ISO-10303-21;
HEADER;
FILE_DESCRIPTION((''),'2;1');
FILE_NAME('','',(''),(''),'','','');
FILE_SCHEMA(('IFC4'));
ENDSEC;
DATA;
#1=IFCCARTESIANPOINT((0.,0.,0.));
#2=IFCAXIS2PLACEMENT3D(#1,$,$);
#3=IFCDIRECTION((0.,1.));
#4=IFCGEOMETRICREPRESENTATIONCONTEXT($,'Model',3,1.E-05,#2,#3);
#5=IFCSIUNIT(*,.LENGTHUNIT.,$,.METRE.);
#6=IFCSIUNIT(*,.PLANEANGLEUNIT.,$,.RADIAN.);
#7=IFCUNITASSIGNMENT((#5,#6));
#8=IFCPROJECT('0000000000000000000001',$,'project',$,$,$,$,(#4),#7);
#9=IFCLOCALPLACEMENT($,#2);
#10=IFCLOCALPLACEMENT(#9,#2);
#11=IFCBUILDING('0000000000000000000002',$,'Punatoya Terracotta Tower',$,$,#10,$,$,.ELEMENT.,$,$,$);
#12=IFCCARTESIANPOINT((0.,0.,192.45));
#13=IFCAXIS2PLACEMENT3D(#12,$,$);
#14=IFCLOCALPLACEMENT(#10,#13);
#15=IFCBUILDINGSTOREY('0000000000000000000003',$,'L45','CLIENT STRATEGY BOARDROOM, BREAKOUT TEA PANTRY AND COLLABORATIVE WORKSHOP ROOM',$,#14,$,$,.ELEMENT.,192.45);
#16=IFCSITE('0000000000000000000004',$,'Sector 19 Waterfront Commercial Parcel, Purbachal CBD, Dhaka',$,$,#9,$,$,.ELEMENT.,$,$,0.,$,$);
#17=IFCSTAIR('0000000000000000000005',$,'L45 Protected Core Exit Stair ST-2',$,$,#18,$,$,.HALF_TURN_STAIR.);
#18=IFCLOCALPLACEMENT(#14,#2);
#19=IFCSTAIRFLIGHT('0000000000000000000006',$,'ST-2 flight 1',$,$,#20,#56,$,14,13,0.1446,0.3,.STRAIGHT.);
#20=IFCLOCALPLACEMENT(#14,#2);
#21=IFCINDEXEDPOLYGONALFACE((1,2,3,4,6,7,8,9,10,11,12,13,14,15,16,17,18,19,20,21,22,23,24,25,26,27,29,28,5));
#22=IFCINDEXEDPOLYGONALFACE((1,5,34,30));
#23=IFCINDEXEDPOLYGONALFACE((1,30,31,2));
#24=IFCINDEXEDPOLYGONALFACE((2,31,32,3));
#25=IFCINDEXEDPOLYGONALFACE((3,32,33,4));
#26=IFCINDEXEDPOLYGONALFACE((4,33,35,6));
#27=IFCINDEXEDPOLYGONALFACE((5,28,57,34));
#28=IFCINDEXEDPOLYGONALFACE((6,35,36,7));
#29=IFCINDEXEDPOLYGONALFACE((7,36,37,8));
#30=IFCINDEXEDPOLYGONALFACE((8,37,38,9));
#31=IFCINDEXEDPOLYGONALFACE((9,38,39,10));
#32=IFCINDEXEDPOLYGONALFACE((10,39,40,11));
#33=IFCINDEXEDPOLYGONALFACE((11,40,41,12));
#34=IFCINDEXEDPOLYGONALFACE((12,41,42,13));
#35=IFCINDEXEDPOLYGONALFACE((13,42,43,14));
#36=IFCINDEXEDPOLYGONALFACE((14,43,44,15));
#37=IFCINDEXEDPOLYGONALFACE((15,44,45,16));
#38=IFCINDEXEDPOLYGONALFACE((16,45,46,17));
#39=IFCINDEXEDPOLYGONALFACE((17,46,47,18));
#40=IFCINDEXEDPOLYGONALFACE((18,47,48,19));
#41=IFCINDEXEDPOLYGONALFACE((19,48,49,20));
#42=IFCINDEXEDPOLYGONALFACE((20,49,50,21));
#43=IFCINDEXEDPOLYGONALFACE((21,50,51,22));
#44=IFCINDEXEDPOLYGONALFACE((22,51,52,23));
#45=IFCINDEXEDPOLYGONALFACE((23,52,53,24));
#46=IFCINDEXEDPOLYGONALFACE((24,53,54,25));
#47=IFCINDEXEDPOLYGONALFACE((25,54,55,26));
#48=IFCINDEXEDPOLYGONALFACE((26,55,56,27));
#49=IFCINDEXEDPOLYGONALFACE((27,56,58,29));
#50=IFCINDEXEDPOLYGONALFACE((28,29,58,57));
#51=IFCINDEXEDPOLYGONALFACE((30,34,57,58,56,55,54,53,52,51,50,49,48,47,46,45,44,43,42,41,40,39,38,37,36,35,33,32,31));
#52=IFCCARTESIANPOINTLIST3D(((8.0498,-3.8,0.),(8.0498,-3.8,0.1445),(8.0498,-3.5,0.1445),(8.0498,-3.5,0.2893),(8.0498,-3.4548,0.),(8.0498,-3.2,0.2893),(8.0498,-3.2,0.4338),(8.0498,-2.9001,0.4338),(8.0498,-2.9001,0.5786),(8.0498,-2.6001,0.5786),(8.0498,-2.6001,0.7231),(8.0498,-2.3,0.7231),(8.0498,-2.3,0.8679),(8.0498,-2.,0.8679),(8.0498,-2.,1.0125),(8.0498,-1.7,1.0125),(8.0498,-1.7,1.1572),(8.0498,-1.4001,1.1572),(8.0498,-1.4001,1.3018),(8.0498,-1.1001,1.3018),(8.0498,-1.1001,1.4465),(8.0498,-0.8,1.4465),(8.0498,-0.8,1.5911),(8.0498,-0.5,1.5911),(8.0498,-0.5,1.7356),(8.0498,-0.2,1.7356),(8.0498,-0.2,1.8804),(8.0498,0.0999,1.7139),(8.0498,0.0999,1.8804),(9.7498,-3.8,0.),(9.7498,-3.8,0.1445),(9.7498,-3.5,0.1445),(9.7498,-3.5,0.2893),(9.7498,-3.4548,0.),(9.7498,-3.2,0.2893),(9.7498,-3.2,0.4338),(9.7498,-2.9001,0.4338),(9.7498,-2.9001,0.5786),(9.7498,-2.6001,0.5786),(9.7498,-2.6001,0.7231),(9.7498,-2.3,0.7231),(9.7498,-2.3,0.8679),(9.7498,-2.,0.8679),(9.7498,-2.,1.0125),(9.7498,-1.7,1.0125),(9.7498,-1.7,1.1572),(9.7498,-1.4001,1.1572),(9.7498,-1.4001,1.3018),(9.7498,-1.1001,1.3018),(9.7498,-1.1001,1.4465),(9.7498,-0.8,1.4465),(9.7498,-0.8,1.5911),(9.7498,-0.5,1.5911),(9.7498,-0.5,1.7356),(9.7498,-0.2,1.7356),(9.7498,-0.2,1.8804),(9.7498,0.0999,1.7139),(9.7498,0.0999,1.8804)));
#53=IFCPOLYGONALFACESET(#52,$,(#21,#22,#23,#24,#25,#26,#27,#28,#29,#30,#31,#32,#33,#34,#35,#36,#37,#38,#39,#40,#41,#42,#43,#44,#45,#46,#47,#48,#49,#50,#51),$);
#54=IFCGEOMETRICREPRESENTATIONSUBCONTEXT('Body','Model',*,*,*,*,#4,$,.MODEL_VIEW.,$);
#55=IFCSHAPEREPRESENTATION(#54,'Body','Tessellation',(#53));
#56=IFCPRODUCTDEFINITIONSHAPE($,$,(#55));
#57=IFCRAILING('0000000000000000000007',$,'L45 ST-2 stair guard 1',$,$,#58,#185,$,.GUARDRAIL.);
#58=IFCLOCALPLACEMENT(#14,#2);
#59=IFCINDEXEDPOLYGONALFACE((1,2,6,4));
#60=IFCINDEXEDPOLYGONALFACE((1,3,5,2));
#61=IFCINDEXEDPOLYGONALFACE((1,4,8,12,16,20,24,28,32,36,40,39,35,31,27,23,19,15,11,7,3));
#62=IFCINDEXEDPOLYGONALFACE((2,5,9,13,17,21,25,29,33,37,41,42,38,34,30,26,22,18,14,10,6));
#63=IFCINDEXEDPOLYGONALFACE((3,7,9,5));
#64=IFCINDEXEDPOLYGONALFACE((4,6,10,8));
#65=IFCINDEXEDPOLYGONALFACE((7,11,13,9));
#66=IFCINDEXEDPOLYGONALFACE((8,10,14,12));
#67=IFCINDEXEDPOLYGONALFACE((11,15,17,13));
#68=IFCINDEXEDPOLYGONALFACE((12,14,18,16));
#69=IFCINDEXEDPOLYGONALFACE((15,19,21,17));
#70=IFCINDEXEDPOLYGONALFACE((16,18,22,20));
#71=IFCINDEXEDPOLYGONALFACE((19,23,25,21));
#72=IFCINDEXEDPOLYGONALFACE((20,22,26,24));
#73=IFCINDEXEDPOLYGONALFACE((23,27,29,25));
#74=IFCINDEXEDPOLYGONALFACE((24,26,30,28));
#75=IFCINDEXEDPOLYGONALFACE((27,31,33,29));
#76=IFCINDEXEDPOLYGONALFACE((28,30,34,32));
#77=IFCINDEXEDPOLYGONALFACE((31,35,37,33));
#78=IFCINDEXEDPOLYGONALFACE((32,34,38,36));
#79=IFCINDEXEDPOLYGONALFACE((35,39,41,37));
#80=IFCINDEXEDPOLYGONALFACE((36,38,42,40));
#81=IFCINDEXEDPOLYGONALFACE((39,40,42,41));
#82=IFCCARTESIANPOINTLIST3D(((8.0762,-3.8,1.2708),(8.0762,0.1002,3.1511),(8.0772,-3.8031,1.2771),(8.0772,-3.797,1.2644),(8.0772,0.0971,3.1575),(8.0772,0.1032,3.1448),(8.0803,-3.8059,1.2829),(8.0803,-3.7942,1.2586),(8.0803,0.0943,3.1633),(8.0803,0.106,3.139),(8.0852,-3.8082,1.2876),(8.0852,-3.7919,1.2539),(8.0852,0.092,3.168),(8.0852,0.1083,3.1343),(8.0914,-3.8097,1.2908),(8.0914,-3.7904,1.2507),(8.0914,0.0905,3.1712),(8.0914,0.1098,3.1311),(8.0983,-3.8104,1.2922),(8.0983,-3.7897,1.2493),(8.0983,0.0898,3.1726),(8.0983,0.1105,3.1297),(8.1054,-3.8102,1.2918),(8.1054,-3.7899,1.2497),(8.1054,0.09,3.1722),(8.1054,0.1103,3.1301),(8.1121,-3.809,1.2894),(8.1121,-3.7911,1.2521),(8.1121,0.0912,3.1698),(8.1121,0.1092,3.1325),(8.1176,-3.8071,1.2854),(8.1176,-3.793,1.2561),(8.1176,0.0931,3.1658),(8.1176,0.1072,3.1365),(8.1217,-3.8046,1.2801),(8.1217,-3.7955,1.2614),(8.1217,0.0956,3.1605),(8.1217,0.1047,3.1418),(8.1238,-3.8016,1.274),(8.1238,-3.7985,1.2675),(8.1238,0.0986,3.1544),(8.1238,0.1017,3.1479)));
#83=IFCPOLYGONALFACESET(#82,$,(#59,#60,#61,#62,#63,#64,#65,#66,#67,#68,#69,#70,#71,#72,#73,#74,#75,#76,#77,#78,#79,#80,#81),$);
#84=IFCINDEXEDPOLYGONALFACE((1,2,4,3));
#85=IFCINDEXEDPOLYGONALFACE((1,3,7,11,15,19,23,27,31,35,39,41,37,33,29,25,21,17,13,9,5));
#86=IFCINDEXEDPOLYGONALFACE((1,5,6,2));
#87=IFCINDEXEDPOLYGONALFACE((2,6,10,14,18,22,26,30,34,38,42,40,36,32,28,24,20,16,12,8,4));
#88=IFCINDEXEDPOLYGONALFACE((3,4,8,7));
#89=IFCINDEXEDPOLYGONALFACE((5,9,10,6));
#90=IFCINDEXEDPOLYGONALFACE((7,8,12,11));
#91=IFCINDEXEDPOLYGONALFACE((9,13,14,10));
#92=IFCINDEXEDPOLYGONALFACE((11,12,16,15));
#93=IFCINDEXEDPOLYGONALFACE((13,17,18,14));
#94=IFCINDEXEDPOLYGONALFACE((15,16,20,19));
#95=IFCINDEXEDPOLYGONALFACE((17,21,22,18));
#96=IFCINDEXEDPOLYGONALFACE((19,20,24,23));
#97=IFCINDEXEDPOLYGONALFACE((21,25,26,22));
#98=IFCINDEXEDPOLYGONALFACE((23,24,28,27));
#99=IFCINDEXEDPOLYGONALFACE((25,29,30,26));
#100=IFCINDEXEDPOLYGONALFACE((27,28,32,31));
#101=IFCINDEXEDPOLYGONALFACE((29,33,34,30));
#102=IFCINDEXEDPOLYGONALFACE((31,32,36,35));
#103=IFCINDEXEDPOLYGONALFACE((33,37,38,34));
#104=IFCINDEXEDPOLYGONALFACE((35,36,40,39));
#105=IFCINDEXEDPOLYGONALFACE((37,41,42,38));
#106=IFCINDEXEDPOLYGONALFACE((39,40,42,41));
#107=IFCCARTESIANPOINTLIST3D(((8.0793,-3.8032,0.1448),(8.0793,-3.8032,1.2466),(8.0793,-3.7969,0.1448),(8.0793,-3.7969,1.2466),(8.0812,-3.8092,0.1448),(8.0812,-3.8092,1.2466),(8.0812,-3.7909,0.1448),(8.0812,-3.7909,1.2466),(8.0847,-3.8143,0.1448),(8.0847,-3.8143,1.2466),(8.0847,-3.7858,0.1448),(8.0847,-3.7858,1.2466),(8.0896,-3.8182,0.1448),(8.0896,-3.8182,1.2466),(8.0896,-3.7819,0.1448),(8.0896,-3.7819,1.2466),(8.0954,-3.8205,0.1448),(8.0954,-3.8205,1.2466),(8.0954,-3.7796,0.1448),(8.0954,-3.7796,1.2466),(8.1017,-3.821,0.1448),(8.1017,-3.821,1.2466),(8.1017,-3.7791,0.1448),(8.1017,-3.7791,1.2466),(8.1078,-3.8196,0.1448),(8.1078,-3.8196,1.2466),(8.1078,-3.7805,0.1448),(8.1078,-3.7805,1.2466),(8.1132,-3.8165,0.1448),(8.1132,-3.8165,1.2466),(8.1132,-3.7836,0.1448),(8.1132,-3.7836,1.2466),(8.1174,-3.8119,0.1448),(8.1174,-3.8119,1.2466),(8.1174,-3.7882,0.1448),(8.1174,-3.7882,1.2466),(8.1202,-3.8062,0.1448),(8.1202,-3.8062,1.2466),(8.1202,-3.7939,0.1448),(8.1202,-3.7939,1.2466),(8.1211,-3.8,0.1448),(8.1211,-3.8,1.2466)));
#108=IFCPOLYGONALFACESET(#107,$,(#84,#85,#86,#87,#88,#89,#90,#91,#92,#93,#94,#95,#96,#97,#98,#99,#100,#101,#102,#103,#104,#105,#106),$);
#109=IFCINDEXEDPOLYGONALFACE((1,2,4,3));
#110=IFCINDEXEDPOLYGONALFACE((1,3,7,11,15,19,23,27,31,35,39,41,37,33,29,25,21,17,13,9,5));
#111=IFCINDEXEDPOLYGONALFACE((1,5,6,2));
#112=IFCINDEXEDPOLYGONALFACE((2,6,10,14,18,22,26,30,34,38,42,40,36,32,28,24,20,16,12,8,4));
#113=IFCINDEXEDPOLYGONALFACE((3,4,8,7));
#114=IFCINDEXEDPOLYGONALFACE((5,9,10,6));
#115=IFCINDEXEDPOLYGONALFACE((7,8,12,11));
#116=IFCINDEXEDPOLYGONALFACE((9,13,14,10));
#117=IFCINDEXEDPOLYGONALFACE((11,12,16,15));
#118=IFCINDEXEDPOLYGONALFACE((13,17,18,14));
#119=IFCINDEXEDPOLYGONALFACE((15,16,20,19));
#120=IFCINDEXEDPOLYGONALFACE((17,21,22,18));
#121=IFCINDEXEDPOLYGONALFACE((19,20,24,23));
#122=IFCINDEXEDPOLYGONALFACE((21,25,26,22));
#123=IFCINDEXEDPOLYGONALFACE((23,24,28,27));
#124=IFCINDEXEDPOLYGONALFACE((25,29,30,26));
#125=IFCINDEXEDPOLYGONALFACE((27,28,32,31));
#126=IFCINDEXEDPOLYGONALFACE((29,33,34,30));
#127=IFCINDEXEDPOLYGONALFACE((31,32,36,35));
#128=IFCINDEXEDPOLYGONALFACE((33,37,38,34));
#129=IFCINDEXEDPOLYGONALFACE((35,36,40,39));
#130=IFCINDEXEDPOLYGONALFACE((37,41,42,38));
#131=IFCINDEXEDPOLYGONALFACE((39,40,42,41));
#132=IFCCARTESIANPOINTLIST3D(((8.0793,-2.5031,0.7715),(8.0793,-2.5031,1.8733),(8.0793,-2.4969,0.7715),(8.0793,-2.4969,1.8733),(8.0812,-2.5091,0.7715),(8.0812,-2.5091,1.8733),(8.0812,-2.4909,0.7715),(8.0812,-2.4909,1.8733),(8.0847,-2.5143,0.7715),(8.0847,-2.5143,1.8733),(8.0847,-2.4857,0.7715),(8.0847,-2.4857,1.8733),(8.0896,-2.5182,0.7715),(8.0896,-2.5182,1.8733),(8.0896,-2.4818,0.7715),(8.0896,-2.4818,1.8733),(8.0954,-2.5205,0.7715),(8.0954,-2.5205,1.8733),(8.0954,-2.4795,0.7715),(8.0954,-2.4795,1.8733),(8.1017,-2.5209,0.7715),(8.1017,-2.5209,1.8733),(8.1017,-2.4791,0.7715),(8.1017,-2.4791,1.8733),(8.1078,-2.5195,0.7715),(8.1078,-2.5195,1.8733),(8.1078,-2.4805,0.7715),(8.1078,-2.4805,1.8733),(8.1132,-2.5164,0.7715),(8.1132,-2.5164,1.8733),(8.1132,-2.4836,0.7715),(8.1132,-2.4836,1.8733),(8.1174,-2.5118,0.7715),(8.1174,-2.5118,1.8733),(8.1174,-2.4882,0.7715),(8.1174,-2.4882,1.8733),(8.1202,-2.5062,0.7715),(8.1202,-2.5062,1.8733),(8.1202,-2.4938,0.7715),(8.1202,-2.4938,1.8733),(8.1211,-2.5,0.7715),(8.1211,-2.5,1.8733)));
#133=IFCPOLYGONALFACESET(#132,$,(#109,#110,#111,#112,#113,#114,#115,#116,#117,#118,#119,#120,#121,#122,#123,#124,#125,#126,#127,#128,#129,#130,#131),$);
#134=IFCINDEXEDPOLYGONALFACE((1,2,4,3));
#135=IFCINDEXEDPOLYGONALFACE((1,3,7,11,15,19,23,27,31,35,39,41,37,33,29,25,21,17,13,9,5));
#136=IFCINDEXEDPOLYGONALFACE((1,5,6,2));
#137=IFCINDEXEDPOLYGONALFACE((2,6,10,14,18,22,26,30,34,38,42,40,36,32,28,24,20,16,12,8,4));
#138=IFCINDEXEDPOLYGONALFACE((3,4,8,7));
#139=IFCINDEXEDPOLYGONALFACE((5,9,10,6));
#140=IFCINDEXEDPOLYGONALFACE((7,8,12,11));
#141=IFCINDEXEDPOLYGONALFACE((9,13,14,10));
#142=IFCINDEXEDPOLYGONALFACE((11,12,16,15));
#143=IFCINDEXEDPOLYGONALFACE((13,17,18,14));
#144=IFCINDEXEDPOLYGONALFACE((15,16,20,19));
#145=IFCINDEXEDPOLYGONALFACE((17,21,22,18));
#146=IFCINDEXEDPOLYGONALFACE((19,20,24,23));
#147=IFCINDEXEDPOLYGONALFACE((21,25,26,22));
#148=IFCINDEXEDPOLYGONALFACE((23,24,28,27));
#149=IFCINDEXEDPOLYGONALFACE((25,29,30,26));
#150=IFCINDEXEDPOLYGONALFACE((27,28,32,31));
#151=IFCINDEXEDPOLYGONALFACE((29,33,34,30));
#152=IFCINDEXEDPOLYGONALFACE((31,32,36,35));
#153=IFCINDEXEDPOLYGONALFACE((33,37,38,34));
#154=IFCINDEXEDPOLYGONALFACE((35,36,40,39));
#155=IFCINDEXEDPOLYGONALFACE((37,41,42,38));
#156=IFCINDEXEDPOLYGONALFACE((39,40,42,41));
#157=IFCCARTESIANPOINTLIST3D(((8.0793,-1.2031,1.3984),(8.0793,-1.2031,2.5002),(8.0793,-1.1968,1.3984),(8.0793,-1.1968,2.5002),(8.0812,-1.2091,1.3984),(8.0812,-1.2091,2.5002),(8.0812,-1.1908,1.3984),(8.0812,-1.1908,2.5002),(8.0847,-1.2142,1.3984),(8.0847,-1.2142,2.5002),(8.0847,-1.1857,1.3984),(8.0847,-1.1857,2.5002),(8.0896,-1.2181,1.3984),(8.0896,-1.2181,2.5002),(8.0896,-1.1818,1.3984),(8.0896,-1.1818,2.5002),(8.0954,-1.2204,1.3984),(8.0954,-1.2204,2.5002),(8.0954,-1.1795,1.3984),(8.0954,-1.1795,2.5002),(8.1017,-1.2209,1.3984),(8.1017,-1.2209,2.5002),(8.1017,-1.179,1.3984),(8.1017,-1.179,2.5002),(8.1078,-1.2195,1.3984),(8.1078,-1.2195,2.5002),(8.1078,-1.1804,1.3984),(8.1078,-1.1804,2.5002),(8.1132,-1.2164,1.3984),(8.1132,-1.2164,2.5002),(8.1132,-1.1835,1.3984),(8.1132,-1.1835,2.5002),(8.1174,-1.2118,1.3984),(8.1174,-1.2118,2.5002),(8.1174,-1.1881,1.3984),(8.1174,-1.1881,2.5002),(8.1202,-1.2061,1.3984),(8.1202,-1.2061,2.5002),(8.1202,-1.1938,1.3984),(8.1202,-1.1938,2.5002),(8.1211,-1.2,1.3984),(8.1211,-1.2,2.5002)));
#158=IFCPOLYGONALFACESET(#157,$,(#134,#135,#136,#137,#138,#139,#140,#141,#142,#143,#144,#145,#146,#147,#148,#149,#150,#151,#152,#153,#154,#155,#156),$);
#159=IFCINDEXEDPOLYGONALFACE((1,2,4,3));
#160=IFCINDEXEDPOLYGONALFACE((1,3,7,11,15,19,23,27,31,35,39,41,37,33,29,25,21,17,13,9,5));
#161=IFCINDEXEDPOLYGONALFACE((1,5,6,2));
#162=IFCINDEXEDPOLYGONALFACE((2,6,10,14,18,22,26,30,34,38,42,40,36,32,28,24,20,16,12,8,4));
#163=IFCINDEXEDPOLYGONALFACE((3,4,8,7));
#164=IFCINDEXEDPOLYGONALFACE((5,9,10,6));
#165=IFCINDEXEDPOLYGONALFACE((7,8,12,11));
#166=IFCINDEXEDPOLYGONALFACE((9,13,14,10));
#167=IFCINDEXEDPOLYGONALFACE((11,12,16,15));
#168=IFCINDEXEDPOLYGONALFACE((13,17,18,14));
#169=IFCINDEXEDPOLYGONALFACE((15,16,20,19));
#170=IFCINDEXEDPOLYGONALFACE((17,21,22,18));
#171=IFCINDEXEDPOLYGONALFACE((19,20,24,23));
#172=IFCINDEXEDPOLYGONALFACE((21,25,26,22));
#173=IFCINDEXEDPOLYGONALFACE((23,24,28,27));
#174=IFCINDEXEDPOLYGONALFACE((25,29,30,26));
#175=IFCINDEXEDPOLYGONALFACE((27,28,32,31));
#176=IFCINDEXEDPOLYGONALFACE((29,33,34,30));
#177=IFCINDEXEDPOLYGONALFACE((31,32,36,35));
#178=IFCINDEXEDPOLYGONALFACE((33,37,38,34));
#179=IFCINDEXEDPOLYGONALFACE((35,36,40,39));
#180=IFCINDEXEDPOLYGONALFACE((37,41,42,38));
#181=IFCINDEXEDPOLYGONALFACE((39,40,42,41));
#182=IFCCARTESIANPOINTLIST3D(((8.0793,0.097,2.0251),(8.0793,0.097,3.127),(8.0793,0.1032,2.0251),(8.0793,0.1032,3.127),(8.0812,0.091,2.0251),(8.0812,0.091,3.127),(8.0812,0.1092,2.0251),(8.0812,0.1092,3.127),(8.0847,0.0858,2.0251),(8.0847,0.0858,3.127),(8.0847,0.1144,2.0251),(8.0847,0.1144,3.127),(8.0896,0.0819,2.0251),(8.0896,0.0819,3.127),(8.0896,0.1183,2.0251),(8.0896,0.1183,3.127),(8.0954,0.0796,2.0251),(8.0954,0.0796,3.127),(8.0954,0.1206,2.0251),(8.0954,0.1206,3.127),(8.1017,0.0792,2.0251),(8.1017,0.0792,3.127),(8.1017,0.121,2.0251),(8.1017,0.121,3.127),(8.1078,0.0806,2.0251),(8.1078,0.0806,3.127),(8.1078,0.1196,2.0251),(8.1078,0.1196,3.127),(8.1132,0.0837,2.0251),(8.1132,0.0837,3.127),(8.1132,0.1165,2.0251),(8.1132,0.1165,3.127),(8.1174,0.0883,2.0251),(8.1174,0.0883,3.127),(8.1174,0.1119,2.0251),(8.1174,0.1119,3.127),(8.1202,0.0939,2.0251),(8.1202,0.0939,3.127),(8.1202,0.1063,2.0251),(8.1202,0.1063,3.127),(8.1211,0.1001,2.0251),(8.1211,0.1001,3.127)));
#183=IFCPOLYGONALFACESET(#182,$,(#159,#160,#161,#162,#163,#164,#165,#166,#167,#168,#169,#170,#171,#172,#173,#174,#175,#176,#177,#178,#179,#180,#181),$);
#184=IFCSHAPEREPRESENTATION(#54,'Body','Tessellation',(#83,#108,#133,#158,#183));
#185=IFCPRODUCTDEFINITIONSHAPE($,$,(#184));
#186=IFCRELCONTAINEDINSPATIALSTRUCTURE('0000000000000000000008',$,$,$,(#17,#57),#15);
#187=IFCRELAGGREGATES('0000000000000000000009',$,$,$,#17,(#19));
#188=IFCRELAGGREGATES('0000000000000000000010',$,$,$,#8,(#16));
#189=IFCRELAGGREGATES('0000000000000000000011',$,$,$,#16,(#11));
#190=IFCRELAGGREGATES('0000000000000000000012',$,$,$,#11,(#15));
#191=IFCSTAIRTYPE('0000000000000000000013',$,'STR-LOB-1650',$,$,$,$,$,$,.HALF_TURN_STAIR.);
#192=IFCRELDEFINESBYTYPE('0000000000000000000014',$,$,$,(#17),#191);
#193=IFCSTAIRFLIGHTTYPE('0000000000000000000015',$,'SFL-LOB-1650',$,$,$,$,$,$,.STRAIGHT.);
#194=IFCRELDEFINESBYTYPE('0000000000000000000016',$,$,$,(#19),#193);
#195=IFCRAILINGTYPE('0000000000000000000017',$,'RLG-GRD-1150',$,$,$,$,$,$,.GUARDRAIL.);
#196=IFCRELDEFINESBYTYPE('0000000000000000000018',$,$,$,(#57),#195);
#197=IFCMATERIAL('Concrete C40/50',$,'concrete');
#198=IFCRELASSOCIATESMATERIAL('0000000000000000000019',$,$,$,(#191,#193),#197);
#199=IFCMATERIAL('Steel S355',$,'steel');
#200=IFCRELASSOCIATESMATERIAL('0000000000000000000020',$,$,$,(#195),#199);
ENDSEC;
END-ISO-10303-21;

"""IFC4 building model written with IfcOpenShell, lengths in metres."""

from ifc_helpers import new_model, si_unit, direction, frame, origin, origin_2d, place, context, subcontext, project, spatial, polyline, circle, outline, extrude, material, type_object, element, aggregate, save


model = new_model("IFC4")

# Units and contexts
model_context = context("Model", 3, precision=1e-05, world=origin(), true_north=direction((0.0, 1.0)))
body_context = subcontext(model_context, "Body", "Model", "MODEL_VIEW")
ifc_project = project(units=[si_unit("LENGTHUNIT", "METRE"), si_unit("PLANEANGLEUNIT", "RADIAN")], contexts=[model_context])

# Site, building, storey
site_placement = place(None, origin())
site = spatial("IfcSite", under=ifc_project, at=site_placement, Name="Sector 19 Waterfront Commercial Parcel, Purbachal CBD, Dhaka", CompositionType="ELEMENT", RefElevation=0.0)
building_placement = place(site_placement, origin())
building = spatial("IfcBuilding", under=site, at=building_placement, Name="Punatoya Terracotta Tower", CompositionType="ELEMENT")
storey_placement = place(building_placement, frame((0.0, 0.0, 192.45)))
storey = spatial("IfcBuildingStorey", under=building, at=storey_placement, Name="L45", Description="CLIENT STRATEGY BOARDROOM, BREAKOUT TEA PANTRY AND COLLABORATIVE WORKSHOP ROOM", CompositionType="ELEMENT", Elevation=192.45)

# Shared definitions
ifc_material_1 = material(Name="Concrete C40/50", Category="concrete")

# Stair, stair flight
stair_type = type_object("IfcStairType", Name="STR-LOB-1650", PredefinedType="HALF_TURN_STAIR", material=ifc_material_1)
stair_placement = place(storey_placement, origin())
stair = element("IfcStair", 1, at=stair_placement, inside=storey, type_object=stair_type, Name="L45 Protected Core Exit Stair ST-2", PredefinedType="HALF_TURN_STAIR")
stair_flight_type = type_object("IfcStairFlightType", Name="SFL-LOB-1650", PredefinedType="STRAIGHT", material=ifc_material_1)
stair_flight_placement = place(storey_placement, frame((8.8999, -3.8, 0.0), z_axis=(0.0, 0.0, 1.0), x_axis=(0.0, 1.0, 0.0)))
stair_flight = element("IfcStairFlight", 2, at=stair_flight_placement, type_object=stair_flight_type, Name="ST-2 flight 1", NumberOfRisers=14, NumberOfTreads=13, PredefinedType="STRAIGHT", RiserHeight=0.1446, TreadLength=0.3, context=body_context, shape_type="SweptSolid", body=[
    extrude(outline(polyline([(0.0, 0.0), (0.0, 0.1445), (0.3, 0.1445), (0.3, 0.2893), (0.6001, 0.2893), (0.6001, 0.4338), (0.8999, 0.4338), (0.8999, 0.5786), (1.2, 0.5786), (1.2, 0.7231), (1.5, 0.7231), (1.5, 0.8679), (1.8, 0.8679), (1.8, 1.0125), (2.1001, 1.0125), (2.1001, 1.1572), (2.3999, 1.1572), (2.3999, 1.3018), (2.7, 1.3018), (2.7, 1.4465), (3.0, 1.4465), (3.0, 1.5911), (3.3, 1.5911), (3.3, 1.7356), (3.6001, 1.7356), (3.6001, 1.8804), (3.8999, 1.8804), (3.8999, 2.0249), (3.8999, 1.7139), (0.3452, 0.0), (0.0, 0.0)])), frame((0.0, 0.8501, 0.0), z_axis=(0.0, -1.0, 0.0), x_axis=(1.0, 0.0, 0.0)), (0.0, 0.0, 1.0), 1.7),
])
aggregate(stair, [stair_flight])

# Railing
ifc_material_2 = material(Name="Steel S355", Category="steel")
railing_type_1 = type_object("IfcRailingType", Name="RLG-GRD-1150", PredefinedType="GUARDRAIL", material=ifc_material_2)
railing_1_placement = place(storey_placement, frame((8.1001, -3.8, 0.1448)))
element("IfcRailing", 3, at=railing_1_placement, inside=storey, type_object=railing_type_1, Name="L45 ST-2 stair guard 1", PredefinedType="GUARDRAIL", context=body_context, shape_type="SweptSolid", body=[
    extrude(circle(Radius=0.0239, at=origin_2d()), frame((0.0, 0.0, 1.126), z_axis=(0.0, 0.900774, 0.434289), x_axis=(-1.0, 0.0, 0.0)), (0.0, 0.0, 1.0), 4.3298),
    extrude(circle(Radius=0.021, at=origin_2d()), origin(), (0.0, 0.0, 1.0), 1.1018),
    extrude(circle(Radius=0.021, at=origin_2d()), frame((0.0, 1.3, 0.6267)), (0.0, 0.0, 1.0), 1.1018),
    extrude(circle(Radius=0.021, at=origin_2d()), frame((0.0, 2.6001, 1.2537)), (0.0, 0.0, 1.0), 1.1018),
    extrude(circle(Radius=0.021, at=origin_2d()), frame((0.0, 3.9001, 1.8804)), (0.0, 0.0, 1.0), 1.1018),
])

save(model, "model.ifc")
